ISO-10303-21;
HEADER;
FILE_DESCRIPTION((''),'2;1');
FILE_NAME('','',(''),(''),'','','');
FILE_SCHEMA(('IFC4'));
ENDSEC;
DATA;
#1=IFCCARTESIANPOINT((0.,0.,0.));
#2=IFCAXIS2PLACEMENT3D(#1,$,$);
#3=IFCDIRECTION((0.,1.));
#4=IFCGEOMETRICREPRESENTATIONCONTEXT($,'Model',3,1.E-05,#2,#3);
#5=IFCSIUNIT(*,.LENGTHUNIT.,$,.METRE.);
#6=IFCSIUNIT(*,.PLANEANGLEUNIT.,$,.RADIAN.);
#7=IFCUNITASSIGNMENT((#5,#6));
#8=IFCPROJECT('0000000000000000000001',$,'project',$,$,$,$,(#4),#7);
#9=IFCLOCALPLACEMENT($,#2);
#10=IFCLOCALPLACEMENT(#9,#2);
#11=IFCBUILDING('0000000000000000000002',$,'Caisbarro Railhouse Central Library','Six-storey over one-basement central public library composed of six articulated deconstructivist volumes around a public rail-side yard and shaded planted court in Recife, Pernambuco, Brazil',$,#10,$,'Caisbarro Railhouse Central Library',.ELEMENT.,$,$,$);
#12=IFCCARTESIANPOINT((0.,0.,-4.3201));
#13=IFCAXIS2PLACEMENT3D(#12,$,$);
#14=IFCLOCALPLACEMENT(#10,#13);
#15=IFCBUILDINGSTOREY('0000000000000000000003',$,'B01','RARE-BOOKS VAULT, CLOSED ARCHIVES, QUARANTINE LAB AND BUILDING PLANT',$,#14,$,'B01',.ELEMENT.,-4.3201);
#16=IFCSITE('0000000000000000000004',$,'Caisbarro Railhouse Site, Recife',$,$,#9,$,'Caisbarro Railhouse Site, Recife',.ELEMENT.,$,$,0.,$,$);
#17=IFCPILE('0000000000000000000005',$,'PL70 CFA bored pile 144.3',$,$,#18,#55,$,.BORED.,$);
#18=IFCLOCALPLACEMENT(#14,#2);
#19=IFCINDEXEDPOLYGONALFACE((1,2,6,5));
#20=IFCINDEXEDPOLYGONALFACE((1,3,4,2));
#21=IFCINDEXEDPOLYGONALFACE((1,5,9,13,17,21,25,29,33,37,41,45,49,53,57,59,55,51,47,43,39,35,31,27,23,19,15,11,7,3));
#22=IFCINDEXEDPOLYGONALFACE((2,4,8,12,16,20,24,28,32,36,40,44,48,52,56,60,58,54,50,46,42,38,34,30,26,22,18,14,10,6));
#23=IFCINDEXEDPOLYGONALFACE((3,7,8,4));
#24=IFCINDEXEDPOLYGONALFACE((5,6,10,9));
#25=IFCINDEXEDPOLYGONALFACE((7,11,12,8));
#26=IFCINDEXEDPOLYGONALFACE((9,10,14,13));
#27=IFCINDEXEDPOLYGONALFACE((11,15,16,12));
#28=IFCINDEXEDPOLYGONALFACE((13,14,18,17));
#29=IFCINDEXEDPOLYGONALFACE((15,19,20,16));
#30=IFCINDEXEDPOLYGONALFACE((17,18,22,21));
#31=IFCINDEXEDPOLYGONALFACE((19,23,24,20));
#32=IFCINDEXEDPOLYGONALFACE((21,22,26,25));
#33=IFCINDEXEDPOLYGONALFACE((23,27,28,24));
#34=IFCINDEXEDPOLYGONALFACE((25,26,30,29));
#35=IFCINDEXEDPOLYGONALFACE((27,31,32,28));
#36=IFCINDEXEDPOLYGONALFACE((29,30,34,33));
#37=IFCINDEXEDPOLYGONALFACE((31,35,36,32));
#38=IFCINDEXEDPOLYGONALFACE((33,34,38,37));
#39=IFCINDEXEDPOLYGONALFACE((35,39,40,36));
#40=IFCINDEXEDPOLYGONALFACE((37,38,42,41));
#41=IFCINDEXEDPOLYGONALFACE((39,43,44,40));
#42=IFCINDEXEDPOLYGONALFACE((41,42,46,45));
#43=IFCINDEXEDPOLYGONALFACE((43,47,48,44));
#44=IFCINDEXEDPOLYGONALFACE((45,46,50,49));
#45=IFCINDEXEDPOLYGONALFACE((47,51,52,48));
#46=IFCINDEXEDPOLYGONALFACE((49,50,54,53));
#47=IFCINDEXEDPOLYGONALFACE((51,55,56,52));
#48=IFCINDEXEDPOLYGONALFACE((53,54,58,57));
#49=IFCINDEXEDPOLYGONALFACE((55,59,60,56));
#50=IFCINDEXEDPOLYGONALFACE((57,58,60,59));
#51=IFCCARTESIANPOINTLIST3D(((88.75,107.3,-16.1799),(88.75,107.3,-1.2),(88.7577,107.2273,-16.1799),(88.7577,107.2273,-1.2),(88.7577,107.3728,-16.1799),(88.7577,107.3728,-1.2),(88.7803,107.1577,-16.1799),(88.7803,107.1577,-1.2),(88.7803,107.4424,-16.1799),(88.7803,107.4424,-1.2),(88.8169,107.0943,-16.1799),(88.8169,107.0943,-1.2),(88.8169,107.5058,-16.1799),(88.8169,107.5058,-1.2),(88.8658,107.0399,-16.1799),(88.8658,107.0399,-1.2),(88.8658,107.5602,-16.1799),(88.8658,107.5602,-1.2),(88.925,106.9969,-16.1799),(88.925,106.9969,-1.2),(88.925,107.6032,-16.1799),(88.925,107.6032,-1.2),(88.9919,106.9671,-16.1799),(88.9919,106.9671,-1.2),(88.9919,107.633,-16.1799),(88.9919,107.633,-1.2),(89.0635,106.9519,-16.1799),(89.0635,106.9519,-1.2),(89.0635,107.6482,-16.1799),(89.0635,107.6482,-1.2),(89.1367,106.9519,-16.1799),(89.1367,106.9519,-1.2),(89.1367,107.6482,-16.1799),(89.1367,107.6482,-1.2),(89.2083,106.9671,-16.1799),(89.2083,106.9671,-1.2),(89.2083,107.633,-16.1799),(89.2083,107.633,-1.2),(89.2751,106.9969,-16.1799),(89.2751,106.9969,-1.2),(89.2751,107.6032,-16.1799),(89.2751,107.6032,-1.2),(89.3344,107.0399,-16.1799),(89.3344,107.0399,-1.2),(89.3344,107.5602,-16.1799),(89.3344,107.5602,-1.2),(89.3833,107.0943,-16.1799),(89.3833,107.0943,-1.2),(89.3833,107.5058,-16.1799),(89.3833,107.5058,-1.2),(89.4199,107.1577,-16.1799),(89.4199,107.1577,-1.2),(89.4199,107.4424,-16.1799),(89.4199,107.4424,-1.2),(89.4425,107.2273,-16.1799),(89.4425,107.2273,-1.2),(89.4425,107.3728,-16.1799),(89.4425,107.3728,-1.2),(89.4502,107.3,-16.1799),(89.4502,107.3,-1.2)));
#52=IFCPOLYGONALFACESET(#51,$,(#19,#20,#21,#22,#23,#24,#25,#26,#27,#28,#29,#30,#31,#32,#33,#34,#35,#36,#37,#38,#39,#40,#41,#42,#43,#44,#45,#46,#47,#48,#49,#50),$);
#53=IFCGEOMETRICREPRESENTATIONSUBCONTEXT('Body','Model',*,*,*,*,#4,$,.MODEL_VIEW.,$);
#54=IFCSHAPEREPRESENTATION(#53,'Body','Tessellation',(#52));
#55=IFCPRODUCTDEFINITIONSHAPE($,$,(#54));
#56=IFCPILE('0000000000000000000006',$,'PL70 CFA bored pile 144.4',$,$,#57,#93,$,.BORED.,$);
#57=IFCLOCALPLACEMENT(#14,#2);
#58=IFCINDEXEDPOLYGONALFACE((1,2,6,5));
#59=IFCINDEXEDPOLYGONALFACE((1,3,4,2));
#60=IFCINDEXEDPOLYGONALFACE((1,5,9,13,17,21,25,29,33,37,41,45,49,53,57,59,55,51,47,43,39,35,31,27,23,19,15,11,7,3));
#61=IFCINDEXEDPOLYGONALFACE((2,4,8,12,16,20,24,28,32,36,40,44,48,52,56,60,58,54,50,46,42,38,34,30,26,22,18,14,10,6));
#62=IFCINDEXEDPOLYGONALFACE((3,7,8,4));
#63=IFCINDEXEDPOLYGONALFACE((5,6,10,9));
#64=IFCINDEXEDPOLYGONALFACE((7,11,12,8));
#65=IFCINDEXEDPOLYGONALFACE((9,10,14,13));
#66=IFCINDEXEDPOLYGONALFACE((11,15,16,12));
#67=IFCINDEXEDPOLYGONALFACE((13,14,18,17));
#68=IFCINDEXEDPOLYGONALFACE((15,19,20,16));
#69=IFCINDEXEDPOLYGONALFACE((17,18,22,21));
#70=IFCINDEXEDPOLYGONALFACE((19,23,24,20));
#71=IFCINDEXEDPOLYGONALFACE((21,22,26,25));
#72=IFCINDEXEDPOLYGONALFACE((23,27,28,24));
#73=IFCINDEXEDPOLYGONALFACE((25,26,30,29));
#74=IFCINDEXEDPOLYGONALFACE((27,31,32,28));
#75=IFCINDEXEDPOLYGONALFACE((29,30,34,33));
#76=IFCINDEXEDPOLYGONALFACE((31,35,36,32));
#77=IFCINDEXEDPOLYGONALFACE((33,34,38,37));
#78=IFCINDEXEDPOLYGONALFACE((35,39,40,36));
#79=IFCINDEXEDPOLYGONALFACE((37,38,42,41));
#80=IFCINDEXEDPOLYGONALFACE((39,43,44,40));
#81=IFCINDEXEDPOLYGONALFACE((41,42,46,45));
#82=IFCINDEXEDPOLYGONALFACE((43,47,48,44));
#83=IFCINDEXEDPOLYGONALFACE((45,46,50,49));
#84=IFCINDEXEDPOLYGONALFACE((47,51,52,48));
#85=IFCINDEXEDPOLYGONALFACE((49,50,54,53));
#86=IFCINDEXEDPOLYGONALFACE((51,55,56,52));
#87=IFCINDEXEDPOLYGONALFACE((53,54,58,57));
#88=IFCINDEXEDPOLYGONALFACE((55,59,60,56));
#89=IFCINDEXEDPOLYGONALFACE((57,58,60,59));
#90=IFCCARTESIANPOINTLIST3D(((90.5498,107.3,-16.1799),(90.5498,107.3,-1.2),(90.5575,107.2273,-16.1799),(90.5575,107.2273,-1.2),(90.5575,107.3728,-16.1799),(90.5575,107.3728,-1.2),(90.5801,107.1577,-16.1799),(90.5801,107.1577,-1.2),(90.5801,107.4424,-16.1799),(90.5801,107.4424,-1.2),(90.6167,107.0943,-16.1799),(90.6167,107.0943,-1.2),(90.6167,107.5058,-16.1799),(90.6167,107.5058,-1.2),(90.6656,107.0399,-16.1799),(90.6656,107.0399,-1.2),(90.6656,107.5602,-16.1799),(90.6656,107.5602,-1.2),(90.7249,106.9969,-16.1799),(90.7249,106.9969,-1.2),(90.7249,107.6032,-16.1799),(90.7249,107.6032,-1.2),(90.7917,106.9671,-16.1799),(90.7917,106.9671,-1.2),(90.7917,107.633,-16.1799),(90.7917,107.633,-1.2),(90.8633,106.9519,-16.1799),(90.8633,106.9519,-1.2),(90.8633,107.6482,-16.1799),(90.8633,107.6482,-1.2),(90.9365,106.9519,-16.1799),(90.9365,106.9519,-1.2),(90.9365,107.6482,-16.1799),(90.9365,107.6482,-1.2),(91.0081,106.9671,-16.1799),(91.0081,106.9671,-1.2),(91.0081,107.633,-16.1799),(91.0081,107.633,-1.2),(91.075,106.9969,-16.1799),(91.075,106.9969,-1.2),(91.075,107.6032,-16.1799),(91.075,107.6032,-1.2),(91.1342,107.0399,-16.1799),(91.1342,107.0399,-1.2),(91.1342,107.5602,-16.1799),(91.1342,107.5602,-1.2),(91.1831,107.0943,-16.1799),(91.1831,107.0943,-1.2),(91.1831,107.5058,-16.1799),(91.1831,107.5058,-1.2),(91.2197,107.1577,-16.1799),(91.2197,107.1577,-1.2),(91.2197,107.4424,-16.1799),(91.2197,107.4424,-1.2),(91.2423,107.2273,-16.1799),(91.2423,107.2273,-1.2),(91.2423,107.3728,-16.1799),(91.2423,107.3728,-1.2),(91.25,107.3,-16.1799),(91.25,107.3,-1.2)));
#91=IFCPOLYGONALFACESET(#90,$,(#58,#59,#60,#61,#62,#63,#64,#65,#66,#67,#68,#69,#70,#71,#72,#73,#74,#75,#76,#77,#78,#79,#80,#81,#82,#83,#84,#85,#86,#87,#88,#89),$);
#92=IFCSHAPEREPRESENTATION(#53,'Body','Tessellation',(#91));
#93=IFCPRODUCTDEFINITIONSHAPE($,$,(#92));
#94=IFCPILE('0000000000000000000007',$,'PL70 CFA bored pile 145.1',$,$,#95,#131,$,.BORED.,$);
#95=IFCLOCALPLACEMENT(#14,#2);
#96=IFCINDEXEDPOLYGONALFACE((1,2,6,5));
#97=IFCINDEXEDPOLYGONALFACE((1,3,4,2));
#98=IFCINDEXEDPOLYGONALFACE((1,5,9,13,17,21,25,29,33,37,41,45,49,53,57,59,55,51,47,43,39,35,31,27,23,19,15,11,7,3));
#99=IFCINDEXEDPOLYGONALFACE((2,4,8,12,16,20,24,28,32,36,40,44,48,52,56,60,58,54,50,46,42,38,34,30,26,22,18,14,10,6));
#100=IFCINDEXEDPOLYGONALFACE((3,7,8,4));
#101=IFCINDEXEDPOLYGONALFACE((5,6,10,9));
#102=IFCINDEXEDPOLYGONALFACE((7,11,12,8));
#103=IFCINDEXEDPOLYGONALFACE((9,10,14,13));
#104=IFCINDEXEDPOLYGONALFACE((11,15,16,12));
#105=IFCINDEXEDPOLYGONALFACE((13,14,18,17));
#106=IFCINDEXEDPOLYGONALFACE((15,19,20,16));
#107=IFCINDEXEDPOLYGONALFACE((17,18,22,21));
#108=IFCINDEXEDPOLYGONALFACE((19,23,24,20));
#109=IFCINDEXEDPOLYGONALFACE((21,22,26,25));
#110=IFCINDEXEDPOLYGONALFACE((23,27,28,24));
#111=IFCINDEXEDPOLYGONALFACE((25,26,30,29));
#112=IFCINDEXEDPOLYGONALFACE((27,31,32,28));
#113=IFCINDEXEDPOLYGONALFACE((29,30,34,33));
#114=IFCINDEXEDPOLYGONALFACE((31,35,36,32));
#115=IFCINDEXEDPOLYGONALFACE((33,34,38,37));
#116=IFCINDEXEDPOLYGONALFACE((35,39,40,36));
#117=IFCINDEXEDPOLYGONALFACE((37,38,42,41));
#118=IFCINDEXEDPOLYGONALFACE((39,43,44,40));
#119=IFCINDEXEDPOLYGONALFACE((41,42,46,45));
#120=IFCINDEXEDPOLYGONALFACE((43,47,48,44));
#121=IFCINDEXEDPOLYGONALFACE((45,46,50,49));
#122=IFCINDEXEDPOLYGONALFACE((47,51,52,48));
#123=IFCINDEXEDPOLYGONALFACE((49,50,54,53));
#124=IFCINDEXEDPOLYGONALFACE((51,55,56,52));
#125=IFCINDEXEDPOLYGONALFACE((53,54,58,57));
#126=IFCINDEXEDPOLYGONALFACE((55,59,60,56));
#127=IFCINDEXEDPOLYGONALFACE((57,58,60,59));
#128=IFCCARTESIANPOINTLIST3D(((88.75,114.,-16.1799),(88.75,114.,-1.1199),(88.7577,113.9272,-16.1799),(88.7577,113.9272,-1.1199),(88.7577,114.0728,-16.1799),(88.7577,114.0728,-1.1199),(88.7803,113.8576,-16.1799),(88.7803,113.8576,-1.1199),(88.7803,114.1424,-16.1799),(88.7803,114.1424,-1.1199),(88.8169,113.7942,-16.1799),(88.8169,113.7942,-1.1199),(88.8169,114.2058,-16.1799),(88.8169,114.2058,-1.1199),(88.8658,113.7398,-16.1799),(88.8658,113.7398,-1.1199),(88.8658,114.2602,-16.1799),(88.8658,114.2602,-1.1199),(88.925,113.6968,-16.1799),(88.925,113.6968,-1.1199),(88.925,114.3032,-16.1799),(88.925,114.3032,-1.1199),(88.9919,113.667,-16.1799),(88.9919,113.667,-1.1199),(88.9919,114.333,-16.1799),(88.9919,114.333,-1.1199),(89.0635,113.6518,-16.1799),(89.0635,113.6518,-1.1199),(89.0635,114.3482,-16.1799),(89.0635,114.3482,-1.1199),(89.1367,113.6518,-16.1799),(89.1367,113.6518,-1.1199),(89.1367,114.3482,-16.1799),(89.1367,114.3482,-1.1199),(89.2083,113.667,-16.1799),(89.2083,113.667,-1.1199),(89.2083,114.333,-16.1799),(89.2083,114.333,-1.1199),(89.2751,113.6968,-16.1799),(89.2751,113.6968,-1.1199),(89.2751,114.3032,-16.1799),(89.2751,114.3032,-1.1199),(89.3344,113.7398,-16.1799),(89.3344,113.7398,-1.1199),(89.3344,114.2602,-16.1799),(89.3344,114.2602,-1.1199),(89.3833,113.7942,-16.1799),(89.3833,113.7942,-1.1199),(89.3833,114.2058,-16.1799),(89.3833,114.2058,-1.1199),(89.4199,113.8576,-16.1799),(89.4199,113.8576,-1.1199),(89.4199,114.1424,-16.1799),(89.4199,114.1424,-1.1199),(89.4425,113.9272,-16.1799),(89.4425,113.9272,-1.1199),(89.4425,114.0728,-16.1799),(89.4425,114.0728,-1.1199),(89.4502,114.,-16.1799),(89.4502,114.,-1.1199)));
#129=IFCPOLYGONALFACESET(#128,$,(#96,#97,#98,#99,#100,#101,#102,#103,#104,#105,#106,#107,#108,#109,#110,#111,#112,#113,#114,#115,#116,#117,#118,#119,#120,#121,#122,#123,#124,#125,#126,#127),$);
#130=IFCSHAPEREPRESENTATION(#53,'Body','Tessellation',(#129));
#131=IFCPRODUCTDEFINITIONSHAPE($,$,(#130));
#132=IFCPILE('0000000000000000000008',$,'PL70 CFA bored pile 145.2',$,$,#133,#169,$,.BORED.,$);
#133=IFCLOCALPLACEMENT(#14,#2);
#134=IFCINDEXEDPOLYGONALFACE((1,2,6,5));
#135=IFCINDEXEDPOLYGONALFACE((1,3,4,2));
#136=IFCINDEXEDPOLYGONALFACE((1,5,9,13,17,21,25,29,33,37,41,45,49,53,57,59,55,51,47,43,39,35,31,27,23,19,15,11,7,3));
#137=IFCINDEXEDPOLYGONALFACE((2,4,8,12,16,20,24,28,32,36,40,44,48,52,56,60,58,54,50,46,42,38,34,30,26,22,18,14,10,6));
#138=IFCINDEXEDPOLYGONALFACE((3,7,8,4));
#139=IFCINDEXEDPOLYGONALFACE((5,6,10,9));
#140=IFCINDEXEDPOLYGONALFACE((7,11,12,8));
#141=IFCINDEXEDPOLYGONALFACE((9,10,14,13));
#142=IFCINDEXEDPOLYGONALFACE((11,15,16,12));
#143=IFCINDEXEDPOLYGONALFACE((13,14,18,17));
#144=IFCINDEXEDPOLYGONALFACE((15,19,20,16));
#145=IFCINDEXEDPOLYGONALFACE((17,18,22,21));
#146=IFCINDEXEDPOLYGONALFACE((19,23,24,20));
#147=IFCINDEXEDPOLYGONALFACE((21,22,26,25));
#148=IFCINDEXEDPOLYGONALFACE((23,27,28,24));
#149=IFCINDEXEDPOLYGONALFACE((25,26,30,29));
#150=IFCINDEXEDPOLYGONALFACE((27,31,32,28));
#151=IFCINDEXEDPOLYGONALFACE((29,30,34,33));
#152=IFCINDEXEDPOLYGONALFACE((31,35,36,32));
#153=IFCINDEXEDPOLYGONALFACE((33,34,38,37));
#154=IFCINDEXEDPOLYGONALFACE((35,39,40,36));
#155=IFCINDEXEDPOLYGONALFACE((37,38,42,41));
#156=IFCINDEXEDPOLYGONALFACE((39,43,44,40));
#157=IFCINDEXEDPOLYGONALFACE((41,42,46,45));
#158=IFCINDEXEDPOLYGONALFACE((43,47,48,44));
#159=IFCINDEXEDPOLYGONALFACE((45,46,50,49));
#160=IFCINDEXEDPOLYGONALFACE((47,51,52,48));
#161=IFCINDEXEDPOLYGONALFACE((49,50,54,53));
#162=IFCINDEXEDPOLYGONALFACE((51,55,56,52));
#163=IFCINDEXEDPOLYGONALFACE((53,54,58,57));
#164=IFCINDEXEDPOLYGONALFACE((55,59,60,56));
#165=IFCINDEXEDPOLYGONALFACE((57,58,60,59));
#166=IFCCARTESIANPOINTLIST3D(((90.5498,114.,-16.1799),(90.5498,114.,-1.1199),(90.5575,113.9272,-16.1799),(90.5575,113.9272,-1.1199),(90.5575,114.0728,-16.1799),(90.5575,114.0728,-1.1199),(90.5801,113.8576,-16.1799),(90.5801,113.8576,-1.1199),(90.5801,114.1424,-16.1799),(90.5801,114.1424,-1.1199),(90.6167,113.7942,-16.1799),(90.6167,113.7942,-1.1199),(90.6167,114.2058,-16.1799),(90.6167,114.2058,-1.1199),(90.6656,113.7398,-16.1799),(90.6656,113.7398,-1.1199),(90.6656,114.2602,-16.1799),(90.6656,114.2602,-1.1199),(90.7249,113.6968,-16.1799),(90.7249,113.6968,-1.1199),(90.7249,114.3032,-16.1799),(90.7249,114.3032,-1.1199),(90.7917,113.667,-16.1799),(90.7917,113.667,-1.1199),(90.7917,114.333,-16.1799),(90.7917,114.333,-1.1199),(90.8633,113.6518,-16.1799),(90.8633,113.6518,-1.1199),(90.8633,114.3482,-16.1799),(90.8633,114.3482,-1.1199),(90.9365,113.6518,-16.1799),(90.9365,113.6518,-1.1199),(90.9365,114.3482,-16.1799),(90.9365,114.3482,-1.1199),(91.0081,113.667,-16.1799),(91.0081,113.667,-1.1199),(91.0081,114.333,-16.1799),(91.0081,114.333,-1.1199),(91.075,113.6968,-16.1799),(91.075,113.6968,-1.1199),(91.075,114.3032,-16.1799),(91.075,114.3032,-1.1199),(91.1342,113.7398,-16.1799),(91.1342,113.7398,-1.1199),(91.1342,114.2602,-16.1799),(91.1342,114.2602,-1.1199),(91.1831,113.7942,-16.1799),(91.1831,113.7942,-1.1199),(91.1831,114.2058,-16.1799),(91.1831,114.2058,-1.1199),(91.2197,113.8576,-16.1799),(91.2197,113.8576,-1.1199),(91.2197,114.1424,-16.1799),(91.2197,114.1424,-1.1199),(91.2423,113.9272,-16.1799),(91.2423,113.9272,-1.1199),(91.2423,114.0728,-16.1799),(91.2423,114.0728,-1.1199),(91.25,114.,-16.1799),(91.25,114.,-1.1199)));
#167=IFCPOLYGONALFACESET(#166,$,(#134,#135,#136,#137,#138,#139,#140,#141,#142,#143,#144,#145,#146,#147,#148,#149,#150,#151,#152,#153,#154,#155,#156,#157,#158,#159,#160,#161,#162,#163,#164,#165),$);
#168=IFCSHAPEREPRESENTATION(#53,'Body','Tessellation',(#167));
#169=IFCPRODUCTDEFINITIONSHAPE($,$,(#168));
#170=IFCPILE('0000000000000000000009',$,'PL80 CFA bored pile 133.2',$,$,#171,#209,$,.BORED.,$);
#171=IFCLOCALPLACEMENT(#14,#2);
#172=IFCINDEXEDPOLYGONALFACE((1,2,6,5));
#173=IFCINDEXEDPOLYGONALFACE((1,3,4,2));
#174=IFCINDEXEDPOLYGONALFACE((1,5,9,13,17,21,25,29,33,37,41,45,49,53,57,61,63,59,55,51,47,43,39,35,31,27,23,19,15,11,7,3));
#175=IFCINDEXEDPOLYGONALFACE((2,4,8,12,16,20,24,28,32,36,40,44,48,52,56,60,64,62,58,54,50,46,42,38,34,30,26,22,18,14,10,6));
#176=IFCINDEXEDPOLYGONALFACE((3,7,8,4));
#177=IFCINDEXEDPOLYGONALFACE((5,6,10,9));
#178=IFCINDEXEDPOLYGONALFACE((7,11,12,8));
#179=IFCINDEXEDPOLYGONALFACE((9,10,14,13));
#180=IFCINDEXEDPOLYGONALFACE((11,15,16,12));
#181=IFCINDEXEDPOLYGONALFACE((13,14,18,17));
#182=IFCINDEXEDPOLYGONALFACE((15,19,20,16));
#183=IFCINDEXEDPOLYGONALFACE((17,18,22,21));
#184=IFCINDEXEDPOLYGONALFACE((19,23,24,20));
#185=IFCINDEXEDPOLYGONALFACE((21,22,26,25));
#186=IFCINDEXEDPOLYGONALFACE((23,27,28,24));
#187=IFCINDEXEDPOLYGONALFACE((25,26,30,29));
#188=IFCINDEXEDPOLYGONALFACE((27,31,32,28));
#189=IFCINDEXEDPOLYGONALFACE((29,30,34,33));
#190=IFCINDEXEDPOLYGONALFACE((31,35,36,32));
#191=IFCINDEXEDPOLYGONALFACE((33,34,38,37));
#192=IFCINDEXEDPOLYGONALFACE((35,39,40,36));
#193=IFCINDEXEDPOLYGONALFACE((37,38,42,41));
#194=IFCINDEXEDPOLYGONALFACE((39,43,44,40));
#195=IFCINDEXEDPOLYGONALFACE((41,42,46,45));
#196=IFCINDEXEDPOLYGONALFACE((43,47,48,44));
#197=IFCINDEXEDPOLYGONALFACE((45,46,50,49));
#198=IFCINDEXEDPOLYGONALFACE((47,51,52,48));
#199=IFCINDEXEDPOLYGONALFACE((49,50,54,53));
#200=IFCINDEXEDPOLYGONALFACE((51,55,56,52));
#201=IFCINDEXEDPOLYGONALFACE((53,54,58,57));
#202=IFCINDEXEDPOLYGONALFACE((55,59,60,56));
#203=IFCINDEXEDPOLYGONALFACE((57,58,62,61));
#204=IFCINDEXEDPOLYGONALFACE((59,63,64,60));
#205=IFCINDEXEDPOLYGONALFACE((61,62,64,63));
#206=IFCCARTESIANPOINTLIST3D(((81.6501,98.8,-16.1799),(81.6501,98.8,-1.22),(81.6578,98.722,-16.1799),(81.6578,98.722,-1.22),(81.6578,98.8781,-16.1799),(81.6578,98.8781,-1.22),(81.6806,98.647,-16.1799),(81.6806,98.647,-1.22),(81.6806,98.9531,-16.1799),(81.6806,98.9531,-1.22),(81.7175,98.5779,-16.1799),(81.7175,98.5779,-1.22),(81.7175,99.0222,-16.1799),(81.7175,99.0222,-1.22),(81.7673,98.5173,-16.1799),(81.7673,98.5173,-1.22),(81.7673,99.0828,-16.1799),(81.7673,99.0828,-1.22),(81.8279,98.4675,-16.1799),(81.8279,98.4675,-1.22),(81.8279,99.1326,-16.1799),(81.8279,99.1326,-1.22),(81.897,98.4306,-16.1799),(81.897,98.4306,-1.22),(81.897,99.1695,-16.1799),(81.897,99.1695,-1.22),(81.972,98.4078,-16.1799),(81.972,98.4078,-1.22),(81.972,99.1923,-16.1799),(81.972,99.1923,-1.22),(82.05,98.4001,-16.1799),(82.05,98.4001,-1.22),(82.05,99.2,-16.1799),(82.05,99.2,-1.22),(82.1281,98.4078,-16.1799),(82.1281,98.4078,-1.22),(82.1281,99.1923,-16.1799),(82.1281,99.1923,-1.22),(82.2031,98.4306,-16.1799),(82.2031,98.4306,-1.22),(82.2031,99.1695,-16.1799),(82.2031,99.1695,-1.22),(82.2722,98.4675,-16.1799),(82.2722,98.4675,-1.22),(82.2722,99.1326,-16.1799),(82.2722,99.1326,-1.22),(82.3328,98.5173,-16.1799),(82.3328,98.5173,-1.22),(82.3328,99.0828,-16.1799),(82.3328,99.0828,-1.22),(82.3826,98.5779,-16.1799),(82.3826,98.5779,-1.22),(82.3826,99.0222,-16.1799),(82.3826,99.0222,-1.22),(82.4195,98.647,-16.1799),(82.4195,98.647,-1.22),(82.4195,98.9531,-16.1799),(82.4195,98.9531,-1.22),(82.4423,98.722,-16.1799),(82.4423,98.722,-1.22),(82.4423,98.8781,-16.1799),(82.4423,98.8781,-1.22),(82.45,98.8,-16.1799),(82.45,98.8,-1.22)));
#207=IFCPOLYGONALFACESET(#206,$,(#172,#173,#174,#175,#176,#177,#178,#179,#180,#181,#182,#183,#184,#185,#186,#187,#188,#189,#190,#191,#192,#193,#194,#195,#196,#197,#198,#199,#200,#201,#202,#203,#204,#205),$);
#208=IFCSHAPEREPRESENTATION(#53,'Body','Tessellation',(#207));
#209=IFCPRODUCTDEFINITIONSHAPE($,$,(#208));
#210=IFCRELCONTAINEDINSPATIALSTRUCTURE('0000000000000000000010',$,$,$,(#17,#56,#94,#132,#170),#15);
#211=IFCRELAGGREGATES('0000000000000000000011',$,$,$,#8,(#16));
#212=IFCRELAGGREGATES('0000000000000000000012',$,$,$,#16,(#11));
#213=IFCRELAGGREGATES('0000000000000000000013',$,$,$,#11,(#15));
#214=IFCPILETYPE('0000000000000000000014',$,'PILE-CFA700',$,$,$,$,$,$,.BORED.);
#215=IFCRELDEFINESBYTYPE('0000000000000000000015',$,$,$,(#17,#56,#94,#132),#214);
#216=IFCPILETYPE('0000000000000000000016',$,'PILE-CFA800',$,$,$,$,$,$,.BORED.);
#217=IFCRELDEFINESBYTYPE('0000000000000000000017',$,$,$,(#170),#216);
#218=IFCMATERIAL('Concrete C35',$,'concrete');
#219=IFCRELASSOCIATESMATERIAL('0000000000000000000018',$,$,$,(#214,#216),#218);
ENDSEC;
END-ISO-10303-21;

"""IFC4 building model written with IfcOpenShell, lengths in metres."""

from ifc_helpers import new_model, si_unit, direction, frame, origin, origin_2d, place, context, subcontext, project, spatial, circle, extrude, material, material_profile, profile_set, type_object, element, save


model = new_model("IFC4")

# Units and contexts
model_context = context("Model", 3, precision=1e-05, world=origin(), true_north=direction((0.0, 1.0)))
body_context = subcontext(model_context, "Body", "Model", "MODEL_VIEW")
ifc_project = project(units=[si_unit("LENGTHUNIT", "METRE"), si_unit("PLANEANGLEUNIT", "RADIAN")], contexts=[model_context])

# Site, building, storey
site_placement = place(None, origin())
site = spatial("IfcSite", under=ifc_project, at=site_placement, Name="Caisbarro Railhouse Site, Recife", LongName="Caisbarro Railhouse Site, Recife", CompositionType="ELEMENT", RefElevation=0.0)
building_placement = place(site_placement, origin())
building = spatial("IfcBuilding", under=site, at=building_placement, Name="Caisbarro Railhouse Central Library", Description="Six-storey over one-basement central public library composed of six articulated deconstructivist volumes around a public rail-side yard and shaded planted court in Recife, Pernambuco, Brazil", LongName="Caisbarro Railhouse Central Library", CompositionType="ELEMENT")
storey_placement = place(building_placement, frame((0.0, 0.0, -4.3201)))
storey = spatial("IfcBuildingStorey", under=building, at=storey_placement, Name="B01", Description="RARE-BOOKS VAULT, CLOSED ARCHIVES, QUARANTINE LAB AND BUILDING PLANT", LongName="B01", CompositionType="ELEMENT", Elevation=-4.3201)

# Shared definitions
ifc_material_1 = material(Name="Concrete C35", Category="concrete")

# Piles
ifc_material_profile_1 = material_profile(ifc_material_1, circle(Radius=0.3501, at=origin_2d()), Name="PILE-CFA-700")
ifc_profile_set_1 = profile_set([ifc_material_profile_1], Name="Concrete C35")
pile_type_1 = type_object("IfcPileType", Name="PILE-CFA700", PredefinedType="BORED", material=ifc_profile_set_1)
for number, where, z_axis, x_axis, name in (
    (1, (89.1001, 107.3, -1.2), (0.0, 0.0, -1.0), (1.0, 0.0, 0.0), "PL70 CFA bored pile 144.3"),
    (2, (90.8999, 107.3, -1.2), (0.0, 0.0, -1.0), (1.0, 0.0, 0.0), "PL70 CFA bored pile 144.4"),
):
    element("IfcPile", number, at=place(storey_placement, frame(where, z_axis=z_axis, x_axis=x_axis)), inside=storey, type_object=pile_type_1, Name=name, PredefinedType="BORED", context=body_context, shape_type="SweptSolid", body=[
        extrude(circle(Radius=0.3501, at=origin_2d()), origin(), (0.0, 0.0, 1.0), 14.98),
    ])
for number, where, z_axis, x_axis, name in (
    (3, (89.1001, 114.0, -1.1199), (0.0, 0.0, -1.0), (1.0, 0.0, 0.0), "PL70 CFA bored pile 145.1"),
    (4, (90.8999, 114.0, -1.1199), (0.0, 0.0, -1.0), (1.0, 0.0, 0.0), "PL70 CFA bored pile 145.2"),
):
    element("IfcPile", number, at=place(storey_placement, frame(where, z_axis=z_axis, x_axis=x_axis)), inside=storey, type_object=pile_type_1, Name=name, PredefinedType="BORED", context=body_context, shape_type="SweptSolid", body=[
        extrude(circle(Radius=0.3501, at=origin_2d()), origin(), (0.0, 0.0, 1.0), 15.0601),
    ])
ifc_material_profile_2 = material_profile(ifc_material_1, circle(Radius=0.3999, at=origin_2d()), Name="PILE-CFA-800")
ifc_profile_set_2 = profile_set([ifc_material_profile_2], Name="Concrete C35")
pile_type_2 = type_object("IfcPileType", Name="PILE-CFA800", PredefinedType="BORED", material=ifc_profile_set_2)
pile_placement = place(storey_placement, frame((82.05, 98.8, -1.22), z_axis=(0.0, 0.0, -1.0), x_axis=(1.0, 0.0, 0.0)))
element("IfcPile", 5, at=pile_placement, inside=storey, type_object=pile_type_2, Name="PL80 CFA bored pile 133.2", PredefinedType="BORED", context=body_context, shape_type="SweptSolid", body=[
    extrude(circle(Radius=0.3999, at=origin_2d()), origin(), (0.0, 0.0, 1.0), 14.96),
])

save(model, "model.ifc")
